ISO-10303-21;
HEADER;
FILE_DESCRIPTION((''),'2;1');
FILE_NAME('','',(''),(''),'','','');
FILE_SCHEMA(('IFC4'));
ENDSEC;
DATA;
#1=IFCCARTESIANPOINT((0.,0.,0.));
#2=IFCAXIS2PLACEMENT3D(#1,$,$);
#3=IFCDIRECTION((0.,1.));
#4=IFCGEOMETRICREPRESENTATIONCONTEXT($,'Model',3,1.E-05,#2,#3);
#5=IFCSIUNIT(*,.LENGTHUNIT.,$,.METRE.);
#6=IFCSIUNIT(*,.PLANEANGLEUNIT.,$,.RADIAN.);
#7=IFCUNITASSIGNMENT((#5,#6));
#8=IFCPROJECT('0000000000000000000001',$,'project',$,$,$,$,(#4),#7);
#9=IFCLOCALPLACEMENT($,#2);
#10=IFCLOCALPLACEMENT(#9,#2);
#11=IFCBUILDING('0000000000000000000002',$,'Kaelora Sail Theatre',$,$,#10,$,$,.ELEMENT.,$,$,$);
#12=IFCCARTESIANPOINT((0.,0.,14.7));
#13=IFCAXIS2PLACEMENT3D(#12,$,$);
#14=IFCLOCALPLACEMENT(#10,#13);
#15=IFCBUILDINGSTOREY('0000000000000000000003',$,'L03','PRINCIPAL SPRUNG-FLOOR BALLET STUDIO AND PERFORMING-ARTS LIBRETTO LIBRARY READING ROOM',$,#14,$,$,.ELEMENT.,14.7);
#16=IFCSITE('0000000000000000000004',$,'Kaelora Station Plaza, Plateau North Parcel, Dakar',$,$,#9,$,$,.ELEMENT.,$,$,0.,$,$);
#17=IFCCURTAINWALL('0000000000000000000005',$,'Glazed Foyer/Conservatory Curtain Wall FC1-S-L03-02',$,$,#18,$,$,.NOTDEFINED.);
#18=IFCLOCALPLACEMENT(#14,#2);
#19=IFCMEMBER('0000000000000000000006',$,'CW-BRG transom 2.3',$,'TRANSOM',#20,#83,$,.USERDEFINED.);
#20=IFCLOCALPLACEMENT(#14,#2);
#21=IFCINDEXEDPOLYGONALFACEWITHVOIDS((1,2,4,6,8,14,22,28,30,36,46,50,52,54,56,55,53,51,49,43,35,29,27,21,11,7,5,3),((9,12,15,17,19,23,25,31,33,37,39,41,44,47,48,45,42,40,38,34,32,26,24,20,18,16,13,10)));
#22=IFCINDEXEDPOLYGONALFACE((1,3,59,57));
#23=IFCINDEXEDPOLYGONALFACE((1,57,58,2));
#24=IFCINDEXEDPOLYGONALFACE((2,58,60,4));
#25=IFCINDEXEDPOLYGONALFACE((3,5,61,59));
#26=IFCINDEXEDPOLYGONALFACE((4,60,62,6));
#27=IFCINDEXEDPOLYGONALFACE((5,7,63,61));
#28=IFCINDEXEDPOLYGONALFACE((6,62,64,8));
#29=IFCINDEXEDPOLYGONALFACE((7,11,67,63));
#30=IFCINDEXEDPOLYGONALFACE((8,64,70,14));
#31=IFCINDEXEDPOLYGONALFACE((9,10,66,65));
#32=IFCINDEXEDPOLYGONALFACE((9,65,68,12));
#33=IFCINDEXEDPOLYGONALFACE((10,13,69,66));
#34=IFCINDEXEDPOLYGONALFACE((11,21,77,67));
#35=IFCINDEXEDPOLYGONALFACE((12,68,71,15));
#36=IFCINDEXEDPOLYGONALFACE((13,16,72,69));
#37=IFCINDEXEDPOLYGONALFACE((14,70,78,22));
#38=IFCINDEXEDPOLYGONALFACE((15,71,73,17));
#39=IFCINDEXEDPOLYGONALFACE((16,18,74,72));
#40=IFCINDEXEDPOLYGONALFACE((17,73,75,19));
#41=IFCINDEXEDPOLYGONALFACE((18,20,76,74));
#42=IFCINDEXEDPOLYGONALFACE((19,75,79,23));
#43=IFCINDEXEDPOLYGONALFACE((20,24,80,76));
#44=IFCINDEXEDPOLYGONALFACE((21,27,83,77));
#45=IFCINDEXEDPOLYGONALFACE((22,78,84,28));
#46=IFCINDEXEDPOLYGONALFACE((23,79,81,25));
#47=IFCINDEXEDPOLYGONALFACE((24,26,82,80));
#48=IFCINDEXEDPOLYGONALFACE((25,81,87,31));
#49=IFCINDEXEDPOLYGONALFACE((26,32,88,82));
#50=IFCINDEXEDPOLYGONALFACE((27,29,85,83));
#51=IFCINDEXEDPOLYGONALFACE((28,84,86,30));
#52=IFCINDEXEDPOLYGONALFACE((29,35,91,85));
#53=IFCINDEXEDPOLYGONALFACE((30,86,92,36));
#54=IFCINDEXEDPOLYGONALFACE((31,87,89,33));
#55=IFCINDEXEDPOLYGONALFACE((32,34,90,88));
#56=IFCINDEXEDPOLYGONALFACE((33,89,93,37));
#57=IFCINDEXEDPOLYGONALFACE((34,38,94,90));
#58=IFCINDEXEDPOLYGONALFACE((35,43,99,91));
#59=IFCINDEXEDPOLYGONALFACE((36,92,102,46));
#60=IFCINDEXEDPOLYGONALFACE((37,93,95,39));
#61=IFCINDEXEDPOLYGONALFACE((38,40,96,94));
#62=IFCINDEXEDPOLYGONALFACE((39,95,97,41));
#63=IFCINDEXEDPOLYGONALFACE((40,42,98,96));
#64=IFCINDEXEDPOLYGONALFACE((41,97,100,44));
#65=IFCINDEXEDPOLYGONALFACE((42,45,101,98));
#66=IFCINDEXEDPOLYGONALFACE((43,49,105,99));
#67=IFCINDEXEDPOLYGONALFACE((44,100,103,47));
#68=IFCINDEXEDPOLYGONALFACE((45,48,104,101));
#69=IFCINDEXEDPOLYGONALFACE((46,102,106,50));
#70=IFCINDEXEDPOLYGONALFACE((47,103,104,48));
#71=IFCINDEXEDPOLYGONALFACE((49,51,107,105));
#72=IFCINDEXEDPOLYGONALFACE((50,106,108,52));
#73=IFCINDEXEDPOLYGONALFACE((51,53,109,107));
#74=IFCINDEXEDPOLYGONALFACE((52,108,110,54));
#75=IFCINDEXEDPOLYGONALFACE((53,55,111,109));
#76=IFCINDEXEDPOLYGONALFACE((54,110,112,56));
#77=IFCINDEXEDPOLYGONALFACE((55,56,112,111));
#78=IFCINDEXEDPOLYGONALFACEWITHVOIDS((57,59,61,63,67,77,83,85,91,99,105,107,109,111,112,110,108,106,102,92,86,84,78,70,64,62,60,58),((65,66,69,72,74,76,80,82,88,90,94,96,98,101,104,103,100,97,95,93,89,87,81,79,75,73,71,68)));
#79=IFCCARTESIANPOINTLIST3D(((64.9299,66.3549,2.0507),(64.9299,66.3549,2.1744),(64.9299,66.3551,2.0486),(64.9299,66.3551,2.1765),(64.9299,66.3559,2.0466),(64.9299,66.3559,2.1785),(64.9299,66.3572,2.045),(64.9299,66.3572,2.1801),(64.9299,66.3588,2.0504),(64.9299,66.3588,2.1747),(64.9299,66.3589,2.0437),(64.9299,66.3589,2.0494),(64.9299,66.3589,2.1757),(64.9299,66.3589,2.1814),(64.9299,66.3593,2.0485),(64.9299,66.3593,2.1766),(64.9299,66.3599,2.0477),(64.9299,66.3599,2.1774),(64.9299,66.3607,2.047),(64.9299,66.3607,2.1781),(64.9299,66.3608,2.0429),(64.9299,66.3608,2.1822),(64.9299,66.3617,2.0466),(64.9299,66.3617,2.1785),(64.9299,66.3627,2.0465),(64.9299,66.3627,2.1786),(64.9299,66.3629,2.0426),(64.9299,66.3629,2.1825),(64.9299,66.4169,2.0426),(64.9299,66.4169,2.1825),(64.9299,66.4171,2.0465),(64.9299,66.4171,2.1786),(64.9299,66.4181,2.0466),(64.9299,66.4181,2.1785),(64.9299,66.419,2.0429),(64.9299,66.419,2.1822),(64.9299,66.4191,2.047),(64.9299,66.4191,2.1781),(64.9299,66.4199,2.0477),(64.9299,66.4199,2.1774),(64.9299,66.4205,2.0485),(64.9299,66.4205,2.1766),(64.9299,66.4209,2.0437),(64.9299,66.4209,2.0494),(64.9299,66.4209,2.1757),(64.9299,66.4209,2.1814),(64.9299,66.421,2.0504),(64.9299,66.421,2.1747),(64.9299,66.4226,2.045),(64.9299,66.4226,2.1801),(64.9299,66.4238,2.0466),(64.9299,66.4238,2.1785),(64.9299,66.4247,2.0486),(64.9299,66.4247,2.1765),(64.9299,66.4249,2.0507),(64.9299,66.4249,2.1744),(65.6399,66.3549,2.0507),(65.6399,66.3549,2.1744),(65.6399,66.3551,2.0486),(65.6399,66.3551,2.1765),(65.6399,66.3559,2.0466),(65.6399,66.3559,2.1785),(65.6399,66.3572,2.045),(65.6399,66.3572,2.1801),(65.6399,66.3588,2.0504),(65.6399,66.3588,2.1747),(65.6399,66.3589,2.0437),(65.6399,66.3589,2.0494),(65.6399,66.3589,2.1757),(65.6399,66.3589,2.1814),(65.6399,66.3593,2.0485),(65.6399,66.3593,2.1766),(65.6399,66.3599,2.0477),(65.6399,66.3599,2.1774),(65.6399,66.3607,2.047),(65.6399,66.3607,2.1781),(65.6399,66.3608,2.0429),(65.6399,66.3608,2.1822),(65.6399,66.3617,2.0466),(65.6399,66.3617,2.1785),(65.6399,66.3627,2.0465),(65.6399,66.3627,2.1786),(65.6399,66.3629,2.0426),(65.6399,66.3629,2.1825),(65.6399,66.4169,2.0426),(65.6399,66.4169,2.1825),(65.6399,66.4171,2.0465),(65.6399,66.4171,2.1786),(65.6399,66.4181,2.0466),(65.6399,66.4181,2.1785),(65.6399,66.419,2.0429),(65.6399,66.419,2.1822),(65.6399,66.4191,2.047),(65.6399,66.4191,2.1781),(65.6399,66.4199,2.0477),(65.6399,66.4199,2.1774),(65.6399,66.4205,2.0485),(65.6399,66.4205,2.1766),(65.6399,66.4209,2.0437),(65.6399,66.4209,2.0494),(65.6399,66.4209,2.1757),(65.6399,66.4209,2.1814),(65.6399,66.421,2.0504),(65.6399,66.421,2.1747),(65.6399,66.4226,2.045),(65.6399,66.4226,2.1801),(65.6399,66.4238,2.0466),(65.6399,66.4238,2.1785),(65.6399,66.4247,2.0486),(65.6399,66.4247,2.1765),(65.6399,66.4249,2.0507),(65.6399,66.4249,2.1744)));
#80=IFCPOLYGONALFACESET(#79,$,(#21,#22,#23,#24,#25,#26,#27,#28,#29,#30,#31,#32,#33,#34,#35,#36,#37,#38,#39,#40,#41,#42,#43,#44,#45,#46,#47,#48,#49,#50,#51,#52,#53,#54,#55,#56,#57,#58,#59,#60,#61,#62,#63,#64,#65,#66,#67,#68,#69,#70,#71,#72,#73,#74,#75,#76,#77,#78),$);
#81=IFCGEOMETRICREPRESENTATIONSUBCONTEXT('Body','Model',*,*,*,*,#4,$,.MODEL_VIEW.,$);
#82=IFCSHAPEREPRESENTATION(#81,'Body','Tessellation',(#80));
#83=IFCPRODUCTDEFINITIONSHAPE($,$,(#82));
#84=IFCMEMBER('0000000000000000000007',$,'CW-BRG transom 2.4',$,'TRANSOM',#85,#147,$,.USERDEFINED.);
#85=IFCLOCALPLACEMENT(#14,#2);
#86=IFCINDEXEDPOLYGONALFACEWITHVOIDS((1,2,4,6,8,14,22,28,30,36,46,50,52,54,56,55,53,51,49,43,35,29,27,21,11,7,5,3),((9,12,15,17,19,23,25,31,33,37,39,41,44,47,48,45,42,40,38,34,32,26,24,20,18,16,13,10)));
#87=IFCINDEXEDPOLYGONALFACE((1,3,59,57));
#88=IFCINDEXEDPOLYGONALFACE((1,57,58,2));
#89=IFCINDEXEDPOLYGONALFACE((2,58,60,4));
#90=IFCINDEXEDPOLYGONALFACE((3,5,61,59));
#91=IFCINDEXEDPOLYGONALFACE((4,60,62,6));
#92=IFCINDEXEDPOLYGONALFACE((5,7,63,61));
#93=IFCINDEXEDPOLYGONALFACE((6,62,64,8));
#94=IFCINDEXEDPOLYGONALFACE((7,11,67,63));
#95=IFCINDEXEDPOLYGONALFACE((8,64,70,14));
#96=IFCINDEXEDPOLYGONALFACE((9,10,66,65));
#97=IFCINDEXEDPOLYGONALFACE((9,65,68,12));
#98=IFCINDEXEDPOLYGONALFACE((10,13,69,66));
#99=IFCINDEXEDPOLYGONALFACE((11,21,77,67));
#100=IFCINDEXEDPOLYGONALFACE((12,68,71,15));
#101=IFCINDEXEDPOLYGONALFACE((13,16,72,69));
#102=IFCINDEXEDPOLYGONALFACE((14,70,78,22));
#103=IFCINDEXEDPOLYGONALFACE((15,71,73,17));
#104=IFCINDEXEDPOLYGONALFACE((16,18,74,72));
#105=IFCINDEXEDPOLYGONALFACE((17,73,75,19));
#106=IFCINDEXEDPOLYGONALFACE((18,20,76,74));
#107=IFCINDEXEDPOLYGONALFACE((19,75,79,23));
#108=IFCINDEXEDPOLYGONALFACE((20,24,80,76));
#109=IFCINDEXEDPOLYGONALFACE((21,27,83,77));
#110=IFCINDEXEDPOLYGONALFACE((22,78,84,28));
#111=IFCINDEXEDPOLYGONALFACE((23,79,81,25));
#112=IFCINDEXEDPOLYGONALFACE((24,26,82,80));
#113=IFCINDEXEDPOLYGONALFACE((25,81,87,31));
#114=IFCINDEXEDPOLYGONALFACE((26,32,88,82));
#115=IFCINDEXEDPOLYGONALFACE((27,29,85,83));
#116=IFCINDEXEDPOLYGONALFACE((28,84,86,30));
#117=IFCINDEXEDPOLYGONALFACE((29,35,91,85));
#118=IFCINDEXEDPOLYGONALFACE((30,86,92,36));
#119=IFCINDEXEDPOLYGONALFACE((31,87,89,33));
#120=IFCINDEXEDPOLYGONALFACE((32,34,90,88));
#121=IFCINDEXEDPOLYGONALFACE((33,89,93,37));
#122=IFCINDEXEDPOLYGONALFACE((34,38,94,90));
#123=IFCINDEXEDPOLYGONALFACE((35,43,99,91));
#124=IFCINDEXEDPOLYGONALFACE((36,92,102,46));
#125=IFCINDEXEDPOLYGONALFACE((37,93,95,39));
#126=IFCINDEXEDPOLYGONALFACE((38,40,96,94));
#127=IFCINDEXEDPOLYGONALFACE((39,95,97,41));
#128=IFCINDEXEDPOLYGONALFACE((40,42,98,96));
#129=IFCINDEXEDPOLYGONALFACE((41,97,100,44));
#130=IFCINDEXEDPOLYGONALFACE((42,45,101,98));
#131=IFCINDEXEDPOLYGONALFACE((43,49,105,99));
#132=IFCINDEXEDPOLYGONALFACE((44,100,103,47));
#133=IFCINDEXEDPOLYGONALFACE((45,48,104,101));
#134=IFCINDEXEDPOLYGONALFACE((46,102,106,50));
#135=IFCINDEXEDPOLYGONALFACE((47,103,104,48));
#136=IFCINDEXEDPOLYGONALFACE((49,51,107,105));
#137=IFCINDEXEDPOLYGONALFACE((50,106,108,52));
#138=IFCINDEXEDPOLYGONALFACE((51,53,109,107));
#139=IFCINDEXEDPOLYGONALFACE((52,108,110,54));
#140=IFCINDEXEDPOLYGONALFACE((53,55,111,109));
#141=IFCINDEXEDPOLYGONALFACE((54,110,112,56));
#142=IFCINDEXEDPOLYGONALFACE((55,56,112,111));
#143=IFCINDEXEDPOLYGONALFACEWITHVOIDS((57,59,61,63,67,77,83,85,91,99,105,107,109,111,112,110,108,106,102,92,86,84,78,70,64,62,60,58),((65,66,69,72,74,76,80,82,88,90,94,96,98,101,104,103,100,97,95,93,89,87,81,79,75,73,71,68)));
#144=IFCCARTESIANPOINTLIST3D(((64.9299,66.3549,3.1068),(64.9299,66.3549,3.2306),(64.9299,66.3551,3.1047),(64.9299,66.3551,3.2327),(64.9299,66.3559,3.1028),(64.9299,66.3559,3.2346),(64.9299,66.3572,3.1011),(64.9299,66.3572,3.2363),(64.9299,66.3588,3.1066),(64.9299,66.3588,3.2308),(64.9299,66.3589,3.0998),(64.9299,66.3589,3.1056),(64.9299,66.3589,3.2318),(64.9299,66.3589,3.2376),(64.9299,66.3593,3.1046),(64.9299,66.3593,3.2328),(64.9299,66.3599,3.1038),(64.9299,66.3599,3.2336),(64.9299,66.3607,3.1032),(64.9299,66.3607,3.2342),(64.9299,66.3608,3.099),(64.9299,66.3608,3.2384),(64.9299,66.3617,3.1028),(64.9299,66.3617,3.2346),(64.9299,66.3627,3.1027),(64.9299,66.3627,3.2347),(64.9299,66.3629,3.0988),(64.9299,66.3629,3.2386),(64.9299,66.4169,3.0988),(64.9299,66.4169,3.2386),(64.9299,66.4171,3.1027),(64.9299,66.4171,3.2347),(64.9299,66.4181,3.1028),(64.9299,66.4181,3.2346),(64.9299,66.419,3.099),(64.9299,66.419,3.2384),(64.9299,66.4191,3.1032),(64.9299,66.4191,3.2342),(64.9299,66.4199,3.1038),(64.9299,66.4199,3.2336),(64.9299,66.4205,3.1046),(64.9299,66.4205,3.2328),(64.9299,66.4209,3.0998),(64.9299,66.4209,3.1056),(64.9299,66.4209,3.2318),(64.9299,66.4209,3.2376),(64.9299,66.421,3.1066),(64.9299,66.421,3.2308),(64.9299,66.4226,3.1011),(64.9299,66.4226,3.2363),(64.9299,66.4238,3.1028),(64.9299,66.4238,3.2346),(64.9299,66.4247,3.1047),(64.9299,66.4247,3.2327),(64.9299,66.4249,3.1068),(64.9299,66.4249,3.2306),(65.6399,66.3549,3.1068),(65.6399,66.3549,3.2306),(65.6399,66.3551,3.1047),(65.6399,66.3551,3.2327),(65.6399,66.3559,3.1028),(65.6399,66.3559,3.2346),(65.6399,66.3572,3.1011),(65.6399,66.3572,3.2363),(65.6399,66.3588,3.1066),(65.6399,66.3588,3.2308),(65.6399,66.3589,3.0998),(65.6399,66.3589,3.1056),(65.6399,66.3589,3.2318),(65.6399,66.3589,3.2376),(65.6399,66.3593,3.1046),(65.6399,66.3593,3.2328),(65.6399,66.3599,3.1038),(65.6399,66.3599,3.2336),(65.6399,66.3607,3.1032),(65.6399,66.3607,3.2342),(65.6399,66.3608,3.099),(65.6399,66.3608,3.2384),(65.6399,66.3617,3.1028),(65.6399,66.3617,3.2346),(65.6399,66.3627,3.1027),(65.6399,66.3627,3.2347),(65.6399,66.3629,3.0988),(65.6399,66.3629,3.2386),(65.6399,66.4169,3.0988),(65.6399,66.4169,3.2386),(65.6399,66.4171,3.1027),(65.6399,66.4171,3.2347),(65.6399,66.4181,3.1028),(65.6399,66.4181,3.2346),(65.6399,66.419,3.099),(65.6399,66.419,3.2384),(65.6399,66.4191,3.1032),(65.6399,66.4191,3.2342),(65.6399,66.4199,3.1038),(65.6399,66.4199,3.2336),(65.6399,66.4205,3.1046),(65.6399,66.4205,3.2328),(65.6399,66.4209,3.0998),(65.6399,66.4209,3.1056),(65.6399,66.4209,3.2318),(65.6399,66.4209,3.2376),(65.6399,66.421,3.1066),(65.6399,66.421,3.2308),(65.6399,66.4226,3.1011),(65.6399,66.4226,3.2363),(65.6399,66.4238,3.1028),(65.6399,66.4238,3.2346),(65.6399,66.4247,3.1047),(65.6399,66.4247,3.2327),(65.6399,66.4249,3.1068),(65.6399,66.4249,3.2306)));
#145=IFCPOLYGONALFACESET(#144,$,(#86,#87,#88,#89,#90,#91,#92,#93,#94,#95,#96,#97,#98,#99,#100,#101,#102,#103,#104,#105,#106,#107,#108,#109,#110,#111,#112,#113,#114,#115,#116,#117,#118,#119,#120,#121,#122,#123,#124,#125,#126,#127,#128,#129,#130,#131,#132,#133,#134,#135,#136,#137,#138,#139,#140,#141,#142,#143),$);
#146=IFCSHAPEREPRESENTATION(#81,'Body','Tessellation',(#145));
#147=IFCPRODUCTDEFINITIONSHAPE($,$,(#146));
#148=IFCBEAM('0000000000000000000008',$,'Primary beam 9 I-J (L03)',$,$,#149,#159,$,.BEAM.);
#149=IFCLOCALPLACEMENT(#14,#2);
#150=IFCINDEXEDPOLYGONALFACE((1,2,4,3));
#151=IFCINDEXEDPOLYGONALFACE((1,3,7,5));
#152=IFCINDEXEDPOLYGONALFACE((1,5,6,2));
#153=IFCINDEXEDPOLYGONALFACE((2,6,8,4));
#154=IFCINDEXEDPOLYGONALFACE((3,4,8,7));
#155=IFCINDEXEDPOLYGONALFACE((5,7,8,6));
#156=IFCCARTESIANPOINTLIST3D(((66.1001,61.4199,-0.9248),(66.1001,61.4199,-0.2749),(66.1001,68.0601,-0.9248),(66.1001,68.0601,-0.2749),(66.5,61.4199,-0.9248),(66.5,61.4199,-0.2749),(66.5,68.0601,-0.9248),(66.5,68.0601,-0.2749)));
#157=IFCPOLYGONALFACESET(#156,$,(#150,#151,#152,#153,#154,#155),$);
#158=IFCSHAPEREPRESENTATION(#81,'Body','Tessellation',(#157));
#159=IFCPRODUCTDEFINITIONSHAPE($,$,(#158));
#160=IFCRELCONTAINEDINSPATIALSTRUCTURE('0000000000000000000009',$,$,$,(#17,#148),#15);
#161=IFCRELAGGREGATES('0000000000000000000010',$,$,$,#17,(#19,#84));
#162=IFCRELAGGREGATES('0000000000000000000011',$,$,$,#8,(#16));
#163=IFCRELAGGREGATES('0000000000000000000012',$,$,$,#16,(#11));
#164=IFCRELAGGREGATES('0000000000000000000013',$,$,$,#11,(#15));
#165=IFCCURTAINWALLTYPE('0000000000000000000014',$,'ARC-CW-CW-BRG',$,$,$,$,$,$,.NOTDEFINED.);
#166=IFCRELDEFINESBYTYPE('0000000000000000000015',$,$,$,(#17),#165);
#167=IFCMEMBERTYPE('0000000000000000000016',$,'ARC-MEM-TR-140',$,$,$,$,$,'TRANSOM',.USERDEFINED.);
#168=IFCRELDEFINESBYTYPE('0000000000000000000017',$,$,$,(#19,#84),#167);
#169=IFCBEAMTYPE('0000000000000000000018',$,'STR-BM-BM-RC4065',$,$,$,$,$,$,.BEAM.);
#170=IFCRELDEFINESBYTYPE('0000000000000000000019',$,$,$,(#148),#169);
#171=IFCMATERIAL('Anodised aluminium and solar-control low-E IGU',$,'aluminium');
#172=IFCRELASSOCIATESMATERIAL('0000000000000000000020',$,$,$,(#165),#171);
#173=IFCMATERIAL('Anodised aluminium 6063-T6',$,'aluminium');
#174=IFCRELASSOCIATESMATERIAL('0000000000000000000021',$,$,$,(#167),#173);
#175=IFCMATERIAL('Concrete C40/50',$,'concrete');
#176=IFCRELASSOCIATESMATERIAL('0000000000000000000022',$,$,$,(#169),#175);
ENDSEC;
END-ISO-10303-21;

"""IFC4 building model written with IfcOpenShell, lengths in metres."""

from ifc_helpers import new_model, si_unit, direction, frame, origin, origin_2d, place, context, subcontext, project, spatial, rectangle, hollow_rectangle, extrude, material, material_profile, profile_set, type_object, element, aggregate, save


model = new_model("IFC4")

# Units and contexts
model_context = context("Model", 3, precision=1e-05, world=origin(), true_north=direction((0.0, 1.0)))
body_context = subcontext(model_context, "Body", "Model", "MODEL_VIEW")
ifc_project = project(units=[si_unit("LENGTHUNIT", "METRE"), si_unit("PLANEANGLEUNIT", "RADIAN")], contexts=[model_context])

# Site, building, storey
site_placement = place(None, origin())
site = spatial("IfcSite", under=ifc_project, at=site_placement, Name="Kaelora Station Plaza, Plateau North Parcel, Dakar", CompositionType="ELEMENT", RefElevation=0.0)
building_placement = place(site_placement, origin())
building = spatial("IfcBuilding", under=site, at=building_placement, Name="Kaelora Sail Theatre", CompositionType="ELEMENT")
storey_placement = place(building_placement, frame((0.0, 0.0, 14.7)))
storey = spatial("IfcBuildingStorey", under=building, at=storey_placement, Name="L03", Description="PRINCIPAL SPRUNG-FLOOR BALLET STUDIO AND PERFORMING-ARTS LIBRETTO LIBRARY READING ROOM", CompositionType="ELEMENT", Elevation=14.7)

# Shared definitions
ifc_material_1 = material(Name="Anodised aluminium and solar-control low-E IGU", Category="aluminium")
curtain_wall_type = type_object("IfcCurtainWallType", Name="ARC-CW-CW-BRG", PredefinedType="NOTDEFINED", material=ifc_material_1)

# Curtain wall
curtain_wall_1_placement = place(storey_placement, origin())
curtain_wall_1 = element("IfcCurtainWall", 1, at=curtain_wall_1_placement, inside=storey, type_object=curtain_wall_type, Name="Glazed Foyer/Conservatory Curtain Wall FC1-S-L03-02", PredefinedType="NOTDEFINED")

# Members
ifc_material_2 = material(Name="Anodised aluminium 6063-T6", Category="aluminium")
ifc_material_profile_1 = material_profile(ifc_material_2, hollow_rectangle(XDim=0.0701, YDim=0.1399, WallThickness=0.0039, InnerFilletRadius=0.0039, OuterFilletRadius=0.0081, at=origin_2d()), Name="ALU-TRAN 70x140x4")
ifc_profile_set_1 = profile_set([ifc_material_profile_1], Name="Anodised aluminium 6063-T6")
member_type_1 = type_object("IfcMemberType", Name="ARC-MEM-TR-140", ElementType="TRANSOM", PredefinedType="USERDEFINED", material=ifc_profile_set_1)
member_1_placement = place(storey_placement, frame((64.9299, 66.3899, 2.1125), z_axis=(1.0, 0.0, 0.0), x_axis=(0.0, 1.0, 0.0)))
member_1 = element("IfcMember", 2, at=member_1_placement, type_object=member_type_1, Name="CW-BRG transom 2.3", ObjectType="TRANSOM", PredefinedType="USERDEFINED", context=body_context, shape_type="SweptSolid", body=[
    extrude(hollow_rectangle(XDim=0.0701, YDim=0.1399, WallThickness=0.0039, InnerFilletRadius=0.0039, OuterFilletRadius=0.0081, at=origin_2d()), origin(), (0.0, 0.0, 1.0), 0.71),
])
member_2_placement = place(storey_placement, frame((64.9299, 66.3899, 3.1687), z_axis=(1.0, 0.0, 0.0), x_axis=(0.0, 1.0, 0.0)))
member_2 = element("IfcMember", 3, at=member_2_placement, type_object=member_type_1, Name="CW-BRG transom 2.4", ObjectType="TRANSOM", PredefinedType="USERDEFINED", context=body_context, shape_type="SweptSolid", body=[
    extrude(hollow_rectangle(XDim=0.0701, YDim=0.1399, WallThickness=0.0039, InnerFilletRadius=0.0039, OuterFilletRadius=0.0081, at=origin_2d()), origin(), (0.0, 0.0, 1.0), 0.71),
])

# Beam
ifc_material_3 = material(Name="Concrete C40/50", Category="concrete")
ifc_material_profile_2 = material_profile(ifc_material_3, rectangle(XDim=0.3999, YDim=0.6499, at=origin_2d()), Name="RC-BM 400x650")
ifc_profile_set_2 = profile_set([ifc_material_profile_2], Name="Concrete C40/50")
beam_type_1 = type_object("IfcBeamType", Name="STR-BM-BM-RC4065", PredefinedType="BEAM", material=ifc_profile_set_2)
beam_1_placement = place(storey_placement, frame((66.3, 61.4199, -0.5999), z_axis=(0.0, 1.0, 0.0), x_axis=(-1.0, 0.0, 0.0)))
element("IfcBeam", 4, at=beam_1_placement, inside=storey, type_object=beam_type_1, Name="Primary beam 9 I-J (L03)", PredefinedType="BEAM", context=body_context, shape_type="SweptSolid", body=[
    extrude(rectangle(XDim=0.3999, YDim=0.6499, at=origin_2d()), origin(), (0.0, 0.0, 1.0), 6.6401),
])

aggregate(curtain_wall_1, [member_1, member_2])

save(model, "model.ifc")
